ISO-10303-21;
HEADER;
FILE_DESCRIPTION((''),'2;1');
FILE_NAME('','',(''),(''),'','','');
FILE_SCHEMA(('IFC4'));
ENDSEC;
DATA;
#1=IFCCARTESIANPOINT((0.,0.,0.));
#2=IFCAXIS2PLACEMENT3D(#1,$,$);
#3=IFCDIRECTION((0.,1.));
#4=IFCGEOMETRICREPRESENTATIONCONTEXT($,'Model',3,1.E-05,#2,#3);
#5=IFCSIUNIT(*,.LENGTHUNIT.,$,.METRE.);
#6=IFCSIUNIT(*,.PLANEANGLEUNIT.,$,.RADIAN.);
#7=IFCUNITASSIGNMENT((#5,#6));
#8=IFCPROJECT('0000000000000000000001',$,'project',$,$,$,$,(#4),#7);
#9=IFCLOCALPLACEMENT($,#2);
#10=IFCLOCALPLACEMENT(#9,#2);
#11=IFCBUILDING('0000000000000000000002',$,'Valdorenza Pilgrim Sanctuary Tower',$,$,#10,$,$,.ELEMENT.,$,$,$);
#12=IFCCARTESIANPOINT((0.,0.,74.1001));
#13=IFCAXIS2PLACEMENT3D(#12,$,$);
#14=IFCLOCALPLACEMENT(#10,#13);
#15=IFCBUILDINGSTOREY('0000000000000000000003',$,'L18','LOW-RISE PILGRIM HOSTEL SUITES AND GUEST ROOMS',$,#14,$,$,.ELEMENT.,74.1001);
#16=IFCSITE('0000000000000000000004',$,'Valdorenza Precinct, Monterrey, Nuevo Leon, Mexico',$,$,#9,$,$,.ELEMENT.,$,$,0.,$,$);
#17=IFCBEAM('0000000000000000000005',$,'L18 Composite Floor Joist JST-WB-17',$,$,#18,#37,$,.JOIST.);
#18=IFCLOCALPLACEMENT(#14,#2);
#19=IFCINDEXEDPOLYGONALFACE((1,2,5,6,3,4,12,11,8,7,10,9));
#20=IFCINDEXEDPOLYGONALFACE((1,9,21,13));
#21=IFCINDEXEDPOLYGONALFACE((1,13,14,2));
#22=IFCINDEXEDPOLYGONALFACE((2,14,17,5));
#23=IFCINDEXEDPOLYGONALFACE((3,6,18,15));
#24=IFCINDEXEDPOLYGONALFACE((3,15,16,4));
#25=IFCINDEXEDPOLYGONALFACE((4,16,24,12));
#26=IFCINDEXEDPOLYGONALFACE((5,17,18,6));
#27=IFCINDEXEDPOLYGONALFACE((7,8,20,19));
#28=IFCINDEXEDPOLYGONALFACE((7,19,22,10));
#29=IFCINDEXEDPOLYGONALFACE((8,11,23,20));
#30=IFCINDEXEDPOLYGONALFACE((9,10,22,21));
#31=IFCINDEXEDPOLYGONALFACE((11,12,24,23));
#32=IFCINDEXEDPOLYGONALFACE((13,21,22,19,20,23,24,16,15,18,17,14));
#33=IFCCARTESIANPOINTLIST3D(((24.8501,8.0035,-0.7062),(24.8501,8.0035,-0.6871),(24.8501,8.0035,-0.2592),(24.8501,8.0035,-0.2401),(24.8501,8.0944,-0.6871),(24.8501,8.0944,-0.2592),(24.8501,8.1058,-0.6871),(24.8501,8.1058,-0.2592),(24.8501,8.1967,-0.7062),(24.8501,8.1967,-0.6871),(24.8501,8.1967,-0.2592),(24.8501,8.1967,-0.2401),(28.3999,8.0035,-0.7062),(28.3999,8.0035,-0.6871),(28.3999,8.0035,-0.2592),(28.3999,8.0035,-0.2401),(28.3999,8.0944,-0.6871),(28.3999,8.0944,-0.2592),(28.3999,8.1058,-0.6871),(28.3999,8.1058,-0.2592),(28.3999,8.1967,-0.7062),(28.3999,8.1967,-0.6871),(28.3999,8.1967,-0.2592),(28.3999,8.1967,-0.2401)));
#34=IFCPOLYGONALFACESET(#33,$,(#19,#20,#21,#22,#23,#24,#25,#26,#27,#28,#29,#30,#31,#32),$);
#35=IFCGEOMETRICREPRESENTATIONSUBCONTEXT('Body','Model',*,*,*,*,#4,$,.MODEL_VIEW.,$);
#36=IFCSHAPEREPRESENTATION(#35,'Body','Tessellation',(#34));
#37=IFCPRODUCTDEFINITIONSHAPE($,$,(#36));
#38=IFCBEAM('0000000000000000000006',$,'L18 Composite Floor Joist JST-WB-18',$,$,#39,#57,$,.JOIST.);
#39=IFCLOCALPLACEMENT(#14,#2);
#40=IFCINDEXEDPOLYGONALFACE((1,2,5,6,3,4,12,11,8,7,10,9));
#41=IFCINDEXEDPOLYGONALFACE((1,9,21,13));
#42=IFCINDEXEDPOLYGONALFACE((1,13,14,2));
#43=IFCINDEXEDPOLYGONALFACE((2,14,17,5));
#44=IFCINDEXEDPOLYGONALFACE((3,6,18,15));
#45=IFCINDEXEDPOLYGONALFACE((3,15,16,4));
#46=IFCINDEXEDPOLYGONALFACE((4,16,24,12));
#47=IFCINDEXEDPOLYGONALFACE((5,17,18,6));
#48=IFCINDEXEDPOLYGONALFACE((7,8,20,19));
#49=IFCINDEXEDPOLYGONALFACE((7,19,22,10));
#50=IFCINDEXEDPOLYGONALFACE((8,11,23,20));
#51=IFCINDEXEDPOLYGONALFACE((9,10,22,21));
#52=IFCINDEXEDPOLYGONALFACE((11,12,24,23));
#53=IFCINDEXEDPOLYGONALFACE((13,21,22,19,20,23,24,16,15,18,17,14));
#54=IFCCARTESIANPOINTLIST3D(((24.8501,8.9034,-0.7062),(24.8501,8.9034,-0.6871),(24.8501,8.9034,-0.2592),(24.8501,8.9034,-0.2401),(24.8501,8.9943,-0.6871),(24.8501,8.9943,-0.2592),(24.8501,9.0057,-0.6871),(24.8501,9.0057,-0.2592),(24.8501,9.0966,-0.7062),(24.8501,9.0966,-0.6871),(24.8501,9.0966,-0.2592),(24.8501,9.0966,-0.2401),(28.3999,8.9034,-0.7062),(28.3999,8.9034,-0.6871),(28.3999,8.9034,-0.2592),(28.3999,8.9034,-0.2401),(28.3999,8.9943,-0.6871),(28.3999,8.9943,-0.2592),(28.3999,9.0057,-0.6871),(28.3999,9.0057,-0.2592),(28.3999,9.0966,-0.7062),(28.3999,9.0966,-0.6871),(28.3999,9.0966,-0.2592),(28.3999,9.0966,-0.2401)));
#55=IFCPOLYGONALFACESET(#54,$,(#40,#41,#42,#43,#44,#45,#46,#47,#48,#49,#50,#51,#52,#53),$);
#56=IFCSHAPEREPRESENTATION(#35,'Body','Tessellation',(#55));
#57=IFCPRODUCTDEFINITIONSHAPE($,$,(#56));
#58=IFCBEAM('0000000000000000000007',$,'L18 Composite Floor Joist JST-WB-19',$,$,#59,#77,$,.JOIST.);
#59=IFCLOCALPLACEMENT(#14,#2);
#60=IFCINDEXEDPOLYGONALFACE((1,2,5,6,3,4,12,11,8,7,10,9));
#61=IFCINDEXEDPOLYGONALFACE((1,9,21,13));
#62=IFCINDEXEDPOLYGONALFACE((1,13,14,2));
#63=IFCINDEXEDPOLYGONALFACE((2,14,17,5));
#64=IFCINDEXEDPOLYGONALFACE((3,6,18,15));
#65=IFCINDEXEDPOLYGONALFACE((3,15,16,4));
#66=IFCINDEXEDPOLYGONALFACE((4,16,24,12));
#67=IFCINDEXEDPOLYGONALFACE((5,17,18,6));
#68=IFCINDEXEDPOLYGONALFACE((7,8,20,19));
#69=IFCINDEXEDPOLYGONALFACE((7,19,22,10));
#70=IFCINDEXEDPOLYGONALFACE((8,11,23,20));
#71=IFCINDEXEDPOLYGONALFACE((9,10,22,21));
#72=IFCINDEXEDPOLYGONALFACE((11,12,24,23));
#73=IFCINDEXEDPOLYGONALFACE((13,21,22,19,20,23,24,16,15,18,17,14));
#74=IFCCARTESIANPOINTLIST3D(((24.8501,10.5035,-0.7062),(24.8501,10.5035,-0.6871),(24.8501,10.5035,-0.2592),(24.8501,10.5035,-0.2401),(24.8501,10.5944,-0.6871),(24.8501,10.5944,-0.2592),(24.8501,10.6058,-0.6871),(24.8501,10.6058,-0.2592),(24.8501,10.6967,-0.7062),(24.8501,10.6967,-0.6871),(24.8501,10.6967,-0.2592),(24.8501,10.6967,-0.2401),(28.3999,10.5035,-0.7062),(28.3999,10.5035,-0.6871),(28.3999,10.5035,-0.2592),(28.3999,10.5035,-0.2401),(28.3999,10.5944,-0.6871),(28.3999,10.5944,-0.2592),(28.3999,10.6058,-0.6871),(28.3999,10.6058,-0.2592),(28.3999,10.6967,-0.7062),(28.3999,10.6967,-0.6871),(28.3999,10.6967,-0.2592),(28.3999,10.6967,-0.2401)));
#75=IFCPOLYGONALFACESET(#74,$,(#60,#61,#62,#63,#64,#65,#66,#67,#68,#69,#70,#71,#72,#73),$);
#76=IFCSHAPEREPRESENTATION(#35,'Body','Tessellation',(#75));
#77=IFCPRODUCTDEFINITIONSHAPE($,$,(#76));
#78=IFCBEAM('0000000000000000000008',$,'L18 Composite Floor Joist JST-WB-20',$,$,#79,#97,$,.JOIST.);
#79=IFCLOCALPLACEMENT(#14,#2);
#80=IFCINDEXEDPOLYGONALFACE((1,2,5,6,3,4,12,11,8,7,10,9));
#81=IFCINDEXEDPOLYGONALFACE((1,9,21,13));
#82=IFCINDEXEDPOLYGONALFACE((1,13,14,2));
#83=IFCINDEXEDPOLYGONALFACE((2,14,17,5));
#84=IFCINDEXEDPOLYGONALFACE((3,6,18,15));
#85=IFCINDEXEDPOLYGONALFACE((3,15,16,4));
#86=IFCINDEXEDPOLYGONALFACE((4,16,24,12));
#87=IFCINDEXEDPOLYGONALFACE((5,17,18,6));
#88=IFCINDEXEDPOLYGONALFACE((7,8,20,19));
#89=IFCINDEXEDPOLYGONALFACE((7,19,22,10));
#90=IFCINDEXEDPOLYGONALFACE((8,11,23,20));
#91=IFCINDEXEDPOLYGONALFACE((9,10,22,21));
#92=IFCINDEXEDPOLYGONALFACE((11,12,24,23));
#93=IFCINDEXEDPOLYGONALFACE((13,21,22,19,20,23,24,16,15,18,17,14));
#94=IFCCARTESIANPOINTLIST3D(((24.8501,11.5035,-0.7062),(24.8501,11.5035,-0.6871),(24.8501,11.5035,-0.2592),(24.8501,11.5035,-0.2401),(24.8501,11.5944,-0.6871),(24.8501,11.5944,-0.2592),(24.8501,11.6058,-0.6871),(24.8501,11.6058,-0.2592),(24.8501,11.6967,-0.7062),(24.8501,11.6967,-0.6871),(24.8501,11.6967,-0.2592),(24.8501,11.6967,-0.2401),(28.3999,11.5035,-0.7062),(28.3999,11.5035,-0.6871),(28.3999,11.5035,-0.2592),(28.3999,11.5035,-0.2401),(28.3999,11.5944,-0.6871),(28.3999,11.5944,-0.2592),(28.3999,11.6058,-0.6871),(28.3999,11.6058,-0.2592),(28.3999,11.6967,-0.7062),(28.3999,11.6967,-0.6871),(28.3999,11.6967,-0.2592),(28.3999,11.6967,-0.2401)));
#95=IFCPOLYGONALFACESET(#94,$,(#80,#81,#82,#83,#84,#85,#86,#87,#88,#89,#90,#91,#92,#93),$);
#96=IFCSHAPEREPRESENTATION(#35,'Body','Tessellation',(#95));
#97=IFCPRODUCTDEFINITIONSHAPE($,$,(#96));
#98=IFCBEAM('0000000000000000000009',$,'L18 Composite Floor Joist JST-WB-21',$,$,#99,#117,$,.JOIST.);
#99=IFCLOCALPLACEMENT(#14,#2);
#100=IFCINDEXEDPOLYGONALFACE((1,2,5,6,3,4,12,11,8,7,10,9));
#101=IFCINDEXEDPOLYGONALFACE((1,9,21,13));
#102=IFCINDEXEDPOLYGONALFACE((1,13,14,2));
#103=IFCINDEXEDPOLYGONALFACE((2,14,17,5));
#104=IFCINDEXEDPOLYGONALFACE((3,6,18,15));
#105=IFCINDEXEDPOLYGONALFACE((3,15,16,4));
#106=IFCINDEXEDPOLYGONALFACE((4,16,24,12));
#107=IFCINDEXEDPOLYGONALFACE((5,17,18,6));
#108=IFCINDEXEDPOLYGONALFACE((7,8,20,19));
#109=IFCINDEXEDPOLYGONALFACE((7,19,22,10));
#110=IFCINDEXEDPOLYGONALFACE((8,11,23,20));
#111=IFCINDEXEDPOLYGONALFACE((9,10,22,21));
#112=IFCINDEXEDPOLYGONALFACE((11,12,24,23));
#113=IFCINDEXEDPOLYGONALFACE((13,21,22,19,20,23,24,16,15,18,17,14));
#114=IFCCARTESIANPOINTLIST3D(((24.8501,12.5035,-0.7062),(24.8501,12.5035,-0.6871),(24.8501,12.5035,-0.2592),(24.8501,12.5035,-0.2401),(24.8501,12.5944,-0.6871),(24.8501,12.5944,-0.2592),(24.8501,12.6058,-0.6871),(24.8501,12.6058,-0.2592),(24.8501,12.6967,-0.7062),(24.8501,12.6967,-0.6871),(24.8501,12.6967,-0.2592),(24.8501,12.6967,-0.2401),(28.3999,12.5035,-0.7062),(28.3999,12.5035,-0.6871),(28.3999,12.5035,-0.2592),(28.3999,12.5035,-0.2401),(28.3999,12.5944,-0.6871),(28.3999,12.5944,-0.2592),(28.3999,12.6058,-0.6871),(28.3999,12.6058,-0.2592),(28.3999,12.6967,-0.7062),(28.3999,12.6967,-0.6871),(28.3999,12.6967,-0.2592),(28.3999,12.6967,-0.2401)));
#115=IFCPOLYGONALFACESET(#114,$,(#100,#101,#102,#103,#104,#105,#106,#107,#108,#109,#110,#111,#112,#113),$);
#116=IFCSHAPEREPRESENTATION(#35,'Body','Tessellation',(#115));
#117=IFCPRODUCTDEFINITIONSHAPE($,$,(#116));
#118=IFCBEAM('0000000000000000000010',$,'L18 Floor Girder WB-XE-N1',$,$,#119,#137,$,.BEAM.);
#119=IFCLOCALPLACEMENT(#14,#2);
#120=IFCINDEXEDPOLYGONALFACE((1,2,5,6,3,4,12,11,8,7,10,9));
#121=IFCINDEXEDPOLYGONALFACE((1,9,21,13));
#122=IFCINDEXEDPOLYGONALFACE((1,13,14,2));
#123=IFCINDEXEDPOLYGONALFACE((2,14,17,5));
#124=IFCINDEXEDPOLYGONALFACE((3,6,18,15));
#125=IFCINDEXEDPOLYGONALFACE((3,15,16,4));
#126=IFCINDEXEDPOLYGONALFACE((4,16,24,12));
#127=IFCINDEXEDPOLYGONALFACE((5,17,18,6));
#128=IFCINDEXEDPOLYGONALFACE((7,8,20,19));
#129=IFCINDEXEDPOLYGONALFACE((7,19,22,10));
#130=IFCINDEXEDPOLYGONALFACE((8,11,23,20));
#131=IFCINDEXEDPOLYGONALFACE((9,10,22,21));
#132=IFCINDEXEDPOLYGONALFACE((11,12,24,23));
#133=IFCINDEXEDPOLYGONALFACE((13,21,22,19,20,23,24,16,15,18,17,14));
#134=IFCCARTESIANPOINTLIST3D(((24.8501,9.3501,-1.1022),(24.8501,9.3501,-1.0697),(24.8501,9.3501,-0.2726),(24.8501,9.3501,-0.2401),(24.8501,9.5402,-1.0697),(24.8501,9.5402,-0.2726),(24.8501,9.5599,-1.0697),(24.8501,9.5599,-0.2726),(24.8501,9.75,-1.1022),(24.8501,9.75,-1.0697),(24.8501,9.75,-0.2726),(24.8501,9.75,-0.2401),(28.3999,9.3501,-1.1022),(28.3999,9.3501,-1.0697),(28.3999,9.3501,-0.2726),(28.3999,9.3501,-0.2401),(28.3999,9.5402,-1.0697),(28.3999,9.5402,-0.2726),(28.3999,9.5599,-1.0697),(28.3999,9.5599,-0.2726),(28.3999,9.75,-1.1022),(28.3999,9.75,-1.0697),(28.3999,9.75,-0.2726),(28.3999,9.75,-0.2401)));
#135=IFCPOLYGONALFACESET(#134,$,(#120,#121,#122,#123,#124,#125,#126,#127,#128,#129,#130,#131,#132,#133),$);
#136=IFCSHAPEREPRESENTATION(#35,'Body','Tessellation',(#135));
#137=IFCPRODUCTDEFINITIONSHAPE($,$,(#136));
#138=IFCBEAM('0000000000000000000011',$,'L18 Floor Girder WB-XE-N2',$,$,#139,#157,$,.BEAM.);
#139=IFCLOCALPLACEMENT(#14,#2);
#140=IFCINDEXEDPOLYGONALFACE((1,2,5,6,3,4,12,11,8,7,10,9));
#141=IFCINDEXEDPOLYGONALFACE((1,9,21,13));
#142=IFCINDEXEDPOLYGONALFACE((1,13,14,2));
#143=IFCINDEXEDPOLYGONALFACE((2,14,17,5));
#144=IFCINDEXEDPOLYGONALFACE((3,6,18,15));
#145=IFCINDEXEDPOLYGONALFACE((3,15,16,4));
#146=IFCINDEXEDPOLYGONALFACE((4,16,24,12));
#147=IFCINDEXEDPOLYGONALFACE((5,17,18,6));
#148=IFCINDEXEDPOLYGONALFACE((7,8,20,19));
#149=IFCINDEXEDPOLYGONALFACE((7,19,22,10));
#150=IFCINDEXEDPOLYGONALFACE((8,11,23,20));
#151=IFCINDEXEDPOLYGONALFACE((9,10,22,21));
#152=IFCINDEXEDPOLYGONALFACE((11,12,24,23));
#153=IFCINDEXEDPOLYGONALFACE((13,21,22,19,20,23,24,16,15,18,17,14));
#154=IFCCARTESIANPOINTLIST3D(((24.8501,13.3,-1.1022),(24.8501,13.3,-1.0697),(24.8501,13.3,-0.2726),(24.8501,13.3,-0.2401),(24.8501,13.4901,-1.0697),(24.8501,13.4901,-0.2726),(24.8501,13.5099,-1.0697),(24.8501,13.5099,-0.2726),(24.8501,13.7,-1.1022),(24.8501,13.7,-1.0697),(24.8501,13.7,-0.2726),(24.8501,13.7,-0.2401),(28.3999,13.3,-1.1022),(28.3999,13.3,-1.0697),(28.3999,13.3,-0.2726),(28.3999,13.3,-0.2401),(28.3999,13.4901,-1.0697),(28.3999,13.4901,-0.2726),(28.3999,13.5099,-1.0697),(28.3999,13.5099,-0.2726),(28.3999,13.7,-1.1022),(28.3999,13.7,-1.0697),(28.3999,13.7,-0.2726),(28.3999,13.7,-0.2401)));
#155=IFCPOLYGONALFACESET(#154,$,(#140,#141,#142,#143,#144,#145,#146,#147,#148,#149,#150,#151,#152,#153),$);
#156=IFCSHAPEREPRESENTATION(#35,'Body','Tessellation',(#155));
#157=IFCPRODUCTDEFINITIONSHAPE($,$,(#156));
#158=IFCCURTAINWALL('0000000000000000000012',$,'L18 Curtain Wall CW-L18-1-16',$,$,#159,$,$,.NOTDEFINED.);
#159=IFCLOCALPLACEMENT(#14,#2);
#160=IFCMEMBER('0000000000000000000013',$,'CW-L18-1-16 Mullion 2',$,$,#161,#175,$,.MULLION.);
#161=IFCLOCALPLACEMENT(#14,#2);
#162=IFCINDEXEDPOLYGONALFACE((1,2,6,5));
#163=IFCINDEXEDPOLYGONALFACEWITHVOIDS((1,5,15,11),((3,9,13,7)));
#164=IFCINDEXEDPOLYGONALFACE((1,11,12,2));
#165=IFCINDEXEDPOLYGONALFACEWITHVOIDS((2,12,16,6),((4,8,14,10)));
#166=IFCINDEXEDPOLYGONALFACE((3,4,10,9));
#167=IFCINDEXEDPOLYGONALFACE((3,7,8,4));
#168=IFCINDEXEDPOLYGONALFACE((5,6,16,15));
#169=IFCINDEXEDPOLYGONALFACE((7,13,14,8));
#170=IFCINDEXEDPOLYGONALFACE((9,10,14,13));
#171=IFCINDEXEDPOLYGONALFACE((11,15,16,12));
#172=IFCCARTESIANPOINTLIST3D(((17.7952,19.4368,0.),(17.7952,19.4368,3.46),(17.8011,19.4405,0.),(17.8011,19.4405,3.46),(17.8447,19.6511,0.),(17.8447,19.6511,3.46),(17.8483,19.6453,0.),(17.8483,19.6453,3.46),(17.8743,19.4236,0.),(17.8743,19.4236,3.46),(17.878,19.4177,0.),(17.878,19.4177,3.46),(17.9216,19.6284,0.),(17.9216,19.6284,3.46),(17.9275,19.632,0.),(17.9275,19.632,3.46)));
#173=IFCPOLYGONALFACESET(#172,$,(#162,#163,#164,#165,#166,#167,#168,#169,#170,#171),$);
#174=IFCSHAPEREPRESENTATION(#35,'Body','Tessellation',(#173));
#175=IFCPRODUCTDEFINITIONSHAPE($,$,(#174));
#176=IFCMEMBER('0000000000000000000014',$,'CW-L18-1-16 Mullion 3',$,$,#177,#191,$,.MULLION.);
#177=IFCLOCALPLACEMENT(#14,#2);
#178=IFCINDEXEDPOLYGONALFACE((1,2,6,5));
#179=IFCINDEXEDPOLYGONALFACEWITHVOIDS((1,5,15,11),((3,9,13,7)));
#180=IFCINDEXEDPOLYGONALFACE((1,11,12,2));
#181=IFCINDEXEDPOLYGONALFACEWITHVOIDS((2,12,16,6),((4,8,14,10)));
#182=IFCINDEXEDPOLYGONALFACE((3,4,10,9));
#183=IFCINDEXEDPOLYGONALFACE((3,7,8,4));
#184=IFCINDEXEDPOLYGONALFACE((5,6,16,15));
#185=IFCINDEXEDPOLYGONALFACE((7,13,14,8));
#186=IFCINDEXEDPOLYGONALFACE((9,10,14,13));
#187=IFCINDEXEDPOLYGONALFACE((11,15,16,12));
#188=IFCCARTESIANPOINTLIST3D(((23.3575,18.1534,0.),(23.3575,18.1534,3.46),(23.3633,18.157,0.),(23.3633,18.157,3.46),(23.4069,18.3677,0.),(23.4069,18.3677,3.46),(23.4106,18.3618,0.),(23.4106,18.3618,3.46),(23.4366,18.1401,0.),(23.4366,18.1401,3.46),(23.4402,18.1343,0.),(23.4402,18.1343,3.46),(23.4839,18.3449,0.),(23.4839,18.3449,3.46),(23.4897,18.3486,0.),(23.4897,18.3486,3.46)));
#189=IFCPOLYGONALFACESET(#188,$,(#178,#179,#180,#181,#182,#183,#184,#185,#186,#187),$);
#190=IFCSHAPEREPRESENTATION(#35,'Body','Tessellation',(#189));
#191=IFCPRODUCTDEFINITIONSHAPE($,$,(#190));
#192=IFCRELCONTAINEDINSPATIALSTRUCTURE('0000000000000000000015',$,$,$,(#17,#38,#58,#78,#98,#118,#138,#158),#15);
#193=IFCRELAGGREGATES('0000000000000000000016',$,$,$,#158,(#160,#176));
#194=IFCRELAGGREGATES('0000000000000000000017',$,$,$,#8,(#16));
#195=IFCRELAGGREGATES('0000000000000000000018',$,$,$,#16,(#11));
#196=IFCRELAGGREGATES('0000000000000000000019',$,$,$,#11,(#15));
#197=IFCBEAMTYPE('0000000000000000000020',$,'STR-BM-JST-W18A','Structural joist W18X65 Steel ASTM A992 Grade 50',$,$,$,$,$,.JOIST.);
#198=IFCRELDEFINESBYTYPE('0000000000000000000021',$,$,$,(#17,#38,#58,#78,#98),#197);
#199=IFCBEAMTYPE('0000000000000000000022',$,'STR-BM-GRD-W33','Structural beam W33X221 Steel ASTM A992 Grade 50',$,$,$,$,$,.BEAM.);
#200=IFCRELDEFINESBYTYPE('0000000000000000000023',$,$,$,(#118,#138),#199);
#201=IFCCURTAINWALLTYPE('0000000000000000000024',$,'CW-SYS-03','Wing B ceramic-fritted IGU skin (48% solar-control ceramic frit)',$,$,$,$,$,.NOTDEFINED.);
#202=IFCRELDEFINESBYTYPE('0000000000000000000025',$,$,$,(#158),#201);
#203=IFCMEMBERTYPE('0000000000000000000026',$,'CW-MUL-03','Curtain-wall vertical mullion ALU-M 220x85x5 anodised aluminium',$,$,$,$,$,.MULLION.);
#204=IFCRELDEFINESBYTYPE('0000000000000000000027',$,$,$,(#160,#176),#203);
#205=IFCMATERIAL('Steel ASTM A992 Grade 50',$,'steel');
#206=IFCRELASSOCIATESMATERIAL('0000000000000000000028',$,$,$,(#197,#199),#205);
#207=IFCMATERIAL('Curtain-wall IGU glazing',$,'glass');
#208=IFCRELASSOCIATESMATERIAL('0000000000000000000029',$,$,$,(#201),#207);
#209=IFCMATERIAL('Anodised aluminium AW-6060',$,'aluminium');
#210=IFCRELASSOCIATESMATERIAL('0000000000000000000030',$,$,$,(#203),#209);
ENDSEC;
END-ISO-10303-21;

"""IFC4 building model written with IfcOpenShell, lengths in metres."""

from ifc_helpers import new_model, si_unit, direction, frame, origin, origin_2d, place, context, subcontext, project, spatial, hollow_rectangle, i_section, extrude, source, transform, mapped, material, material_profile, profile_set, type_object, element, aggregate, save


model = new_model("IFC4")

# Units and contexts
model_context = context("Model", 3, precision=1e-05, world=origin(), true_north=direction((0.0, 1.0)))
body_context = subcontext(model_context, "Body", "Model", "MODEL_VIEW")
ifc_project = project(units=[si_unit("LENGTHUNIT", "METRE"), si_unit("PLANEANGLEUNIT", "RADIAN")], contexts=[model_context])

# Site, building, storey
site_placement = place(None, origin())
site = spatial("IfcSite", under=ifc_project, at=site_placement, Name="Valdorenza Precinct, Monterrey, Nuevo Leon, Mexico", CompositionType="ELEMENT", RefElevation=0.0)
building_placement = place(site_placement, origin())
building = spatial("IfcBuilding", under=site, at=building_placement, Name="Valdorenza Pilgrim Sanctuary Tower", CompositionType="ELEMENT")
storey_placement = place(building_placement, frame((0.0, 0.0, 74.1001)))
storey = spatial("IfcBuildingStorey", under=building, at=storey_placement, Name="L18", Description="LOW-RISE PILGRIM HOSTEL SUITES AND GUEST ROOMS", CompositionType="ELEMENT", Elevation=74.1001)

# Beams
ifc_material_1 = material(Name="Steel ASTM A992 Grade 50", Category="steel")
ifc_material_profile_1 = material_profile(ifc_material_1, i_section(OverallWidth=0.1931, OverallDepth=0.4661, WebThickness=0.0115, FlangeThickness=0.019, at=origin_2d()), Name="W18X65")
ifc_profile_set_1 = profile_set([ifc_material_profile_1], Name="Steel ASTM A992 Grade 50")
beam_type_1 = type_object("IfcBeamType", Name="STR-BM-JST-W18A", Description="Structural joist W18X65 Steel ASTM A992 Grade 50", PredefinedType="JOIST", material=ifc_profile_set_1)
shared_shape_1 = source(origin(), body_context, "Body", "SweptSolid", [
    extrude(i_section(OverallWidth=0.1931, OverallDepth=0.4661, WebThickness=0.0115, FlangeThickness=0.019, at=origin_2d()), origin(), (0.0, 0.0, 1.0), 3.5498),
])
for number, where, z_axis, x_axis, name in (
    (1, (24.8501, 8.1001, -0.4731), (1.0, 0.0, 0.0), (0.0, 1.0, 0.0), "L18 Composite Floor Joist JST-WB-17"),
    (2, (24.8501, 9.0, -0.4731), (1.0, 0.0, 0.0), (0.0, 1.0, 0.0), "L18 Composite Floor Joist JST-WB-18"),
    (3, (24.8501, 10.6001, -0.4731), (1.0, 0.0, 0.0), (0.0, 1.0, 0.0), "L18 Composite Floor Joist JST-WB-19"),
    (4, (24.8501, 11.6001, -0.4731), (1.0, 0.0, 0.0), (0.0, 1.0, 0.0), "L18 Composite Floor Joist JST-WB-20"),
    (5, (24.8501, 12.6001, -0.4731), (1.0, 0.0, 0.0), (0.0, 1.0, 0.0), "L18 Composite Floor Joist JST-WB-21"),
):
    element("IfcBeam", number, at=place(storey_placement, frame(where, z_axis=z_axis, x_axis=x_axis)), inside=storey, type_object=beam_type_1, Name=name, PredefinedType="JOIST", context=body_context, shape_type="MappedRepresentation", body=[
        mapped(shared_shape_1, transform((0.0, 0.0, 0.0), x_axis=(1.0, 0.0, 0.0), y_axis=(0.0, 1.0, 0.0), z_axis=(0.0, 0.0, 1.0), scale=1.0)),
    ])
ifc_material_profile_2 = material_profile(ifc_material_1, i_section(OverallWidth=0.3999, OverallDepth=0.8621, WebThickness=0.0198, FlangeThickness=0.0325, at=origin_2d()), Name="W33X221")
ifc_profile_set_2 = profile_set([ifc_material_profile_2], Name="Steel ASTM A992 Grade 50")
beam_type_2 = type_object("IfcBeamType", Name="STR-BM-GRD-W33", Description="Structural beam W33X221 Steel ASTM A992 Grade 50", PredefinedType="BEAM", material=ifc_profile_set_2)
shared_shape_2 = source(origin(), body_context, "Body", "SweptSolid", [
    extrude(i_section(OverallWidth=0.3999, OverallDepth=0.8621, WebThickness=0.0198, FlangeThickness=0.0325, at=origin_2d()), origin(), (0.0, 0.0, 1.0), 3.5498),
])
for number, where, z_axis, x_axis, name in (
    (6, (24.8501, 9.55, -0.6711), (1.0, 0.0, 0.0), (0.0, 1.0, 0.0), "L18 Floor Girder WB-XE-N1"),
    (7, (24.8501, 13.5, -0.6711), (1.0, 0.0, 0.0), (0.0, 1.0, 0.0), "L18 Floor Girder WB-XE-N2"),
):
    element("IfcBeam", number, at=place(storey_placement, frame(where, z_axis=z_axis, x_axis=x_axis)), inside=storey, type_object=beam_type_2, Name=name, PredefinedType="BEAM", context=body_context, shape_type="MappedRepresentation", body=[
        mapped(shared_shape_2, transform((0.0, 0.0, 0.0), x_axis=(1.0, 0.0, 0.0), y_axis=(0.0, 1.0, 0.0), z_axis=(0.0, 0.0, 1.0), scale=1.0)),
    ])

# Curtain wall, members
ifc_material_2 = material(Name="Curtain-wall IGU glazing", Category="glass")
curtain_wall_type = type_object("IfcCurtainWallType", Name="CW-SYS-03", Description="Wing B ceramic-fritted IGU skin (48% solar-control ceramic frit)", PredefinedType="NOTDEFINED", material=ifc_material_2)
curtain_wall_1_placement = place(storey_placement, origin())
curtain_wall_1 = element("IfcCurtainWall", 8, at=curtain_wall_1_placement, inside=storey, type_object=curtain_wall_type, Name="L18 Curtain Wall CW-L18-1-16", PredefinedType="NOTDEFINED")
ifc_material_3 = material(Name="Anodised aluminium AW-6060", Category="aluminium")
ifc_material_profile_3 = material_profile(ifc_material_3, hollow_rectangle(XDim=0.085, YDim=0.22, WallThickness=0.0049, at=origin_2d()), Name="ALU-M 220x85x5")
ifc_profile_set_3 = profile_set([ifc_material_profile_3], Name="Anodised aluminium AW-6060")
member_type_1 = type_object("IfcMemberType", Name="CW-MUL-03", Description="Curtain-wall vertical mullion ALU-M 220x85x5 anodised aluminium", PredefinedType="MULLION", material=ifc_profile_set_3)
shared_shape_3 = source(origin(), body_context, "Body", "SweptSolid", [
    extrude(hollow_rectangle(XDim=0.085, YDim=0.22, WallThickness=0.0049, at=origin_2d()), origin(), (0.0, 0.0, 1.0), 3.46),
])
member_1_placement = place(storey_placement, frame((17.8613, 19.5344, 0.0), z_axis=(0.0, 0.0, 1.0), x_axis=(0.97439, -0.224866, 0.0)))
member_1 = element("IfcMember", 9, at=member_1_placement, type_object=member_type_1, Name="CW-L18-1-16 Mullion 2", PredefinedType="MULLION", context=body_context, shape_type="MappedRepresentation", body=[
    mapped(shared_shape_3, transform((0.0, 0.0, 0.0), x_axis=(1.0, 0.0, 0.0), y_axis=(0.0, 1.0, 0.0), z_axis=(0.0, 0.0, 1.0), scale=1.0)),
])
member_2_placement = place(storey_placement, frame((23.4236, 18.251, 0.0), z_axis=(0.0, 0.0, 1.0), x_axis=(0.97439, -0.224866, 0.0)))
member_2 = element("IfcMember", 10, at=member_2_placement, type_object=member_type_1, Name="CW-L18-1-16 Mullion 3", PredefinedType="MULLION", context=body_context, shape_type="MappedRepresentation", body=[
    mapped(shared_shape_3, transform((0.0, 0.0, 0.0), x_axis=(1.0, 0.0, 0.0), y_axis=(0.0, 1.0, 0.0), z_axis=(0.0, 0.0, 1.0), scale=1.0)),
])

aggregate(curtain_wall_1, [member_1, member_2])

save(model, "model.ifc")
